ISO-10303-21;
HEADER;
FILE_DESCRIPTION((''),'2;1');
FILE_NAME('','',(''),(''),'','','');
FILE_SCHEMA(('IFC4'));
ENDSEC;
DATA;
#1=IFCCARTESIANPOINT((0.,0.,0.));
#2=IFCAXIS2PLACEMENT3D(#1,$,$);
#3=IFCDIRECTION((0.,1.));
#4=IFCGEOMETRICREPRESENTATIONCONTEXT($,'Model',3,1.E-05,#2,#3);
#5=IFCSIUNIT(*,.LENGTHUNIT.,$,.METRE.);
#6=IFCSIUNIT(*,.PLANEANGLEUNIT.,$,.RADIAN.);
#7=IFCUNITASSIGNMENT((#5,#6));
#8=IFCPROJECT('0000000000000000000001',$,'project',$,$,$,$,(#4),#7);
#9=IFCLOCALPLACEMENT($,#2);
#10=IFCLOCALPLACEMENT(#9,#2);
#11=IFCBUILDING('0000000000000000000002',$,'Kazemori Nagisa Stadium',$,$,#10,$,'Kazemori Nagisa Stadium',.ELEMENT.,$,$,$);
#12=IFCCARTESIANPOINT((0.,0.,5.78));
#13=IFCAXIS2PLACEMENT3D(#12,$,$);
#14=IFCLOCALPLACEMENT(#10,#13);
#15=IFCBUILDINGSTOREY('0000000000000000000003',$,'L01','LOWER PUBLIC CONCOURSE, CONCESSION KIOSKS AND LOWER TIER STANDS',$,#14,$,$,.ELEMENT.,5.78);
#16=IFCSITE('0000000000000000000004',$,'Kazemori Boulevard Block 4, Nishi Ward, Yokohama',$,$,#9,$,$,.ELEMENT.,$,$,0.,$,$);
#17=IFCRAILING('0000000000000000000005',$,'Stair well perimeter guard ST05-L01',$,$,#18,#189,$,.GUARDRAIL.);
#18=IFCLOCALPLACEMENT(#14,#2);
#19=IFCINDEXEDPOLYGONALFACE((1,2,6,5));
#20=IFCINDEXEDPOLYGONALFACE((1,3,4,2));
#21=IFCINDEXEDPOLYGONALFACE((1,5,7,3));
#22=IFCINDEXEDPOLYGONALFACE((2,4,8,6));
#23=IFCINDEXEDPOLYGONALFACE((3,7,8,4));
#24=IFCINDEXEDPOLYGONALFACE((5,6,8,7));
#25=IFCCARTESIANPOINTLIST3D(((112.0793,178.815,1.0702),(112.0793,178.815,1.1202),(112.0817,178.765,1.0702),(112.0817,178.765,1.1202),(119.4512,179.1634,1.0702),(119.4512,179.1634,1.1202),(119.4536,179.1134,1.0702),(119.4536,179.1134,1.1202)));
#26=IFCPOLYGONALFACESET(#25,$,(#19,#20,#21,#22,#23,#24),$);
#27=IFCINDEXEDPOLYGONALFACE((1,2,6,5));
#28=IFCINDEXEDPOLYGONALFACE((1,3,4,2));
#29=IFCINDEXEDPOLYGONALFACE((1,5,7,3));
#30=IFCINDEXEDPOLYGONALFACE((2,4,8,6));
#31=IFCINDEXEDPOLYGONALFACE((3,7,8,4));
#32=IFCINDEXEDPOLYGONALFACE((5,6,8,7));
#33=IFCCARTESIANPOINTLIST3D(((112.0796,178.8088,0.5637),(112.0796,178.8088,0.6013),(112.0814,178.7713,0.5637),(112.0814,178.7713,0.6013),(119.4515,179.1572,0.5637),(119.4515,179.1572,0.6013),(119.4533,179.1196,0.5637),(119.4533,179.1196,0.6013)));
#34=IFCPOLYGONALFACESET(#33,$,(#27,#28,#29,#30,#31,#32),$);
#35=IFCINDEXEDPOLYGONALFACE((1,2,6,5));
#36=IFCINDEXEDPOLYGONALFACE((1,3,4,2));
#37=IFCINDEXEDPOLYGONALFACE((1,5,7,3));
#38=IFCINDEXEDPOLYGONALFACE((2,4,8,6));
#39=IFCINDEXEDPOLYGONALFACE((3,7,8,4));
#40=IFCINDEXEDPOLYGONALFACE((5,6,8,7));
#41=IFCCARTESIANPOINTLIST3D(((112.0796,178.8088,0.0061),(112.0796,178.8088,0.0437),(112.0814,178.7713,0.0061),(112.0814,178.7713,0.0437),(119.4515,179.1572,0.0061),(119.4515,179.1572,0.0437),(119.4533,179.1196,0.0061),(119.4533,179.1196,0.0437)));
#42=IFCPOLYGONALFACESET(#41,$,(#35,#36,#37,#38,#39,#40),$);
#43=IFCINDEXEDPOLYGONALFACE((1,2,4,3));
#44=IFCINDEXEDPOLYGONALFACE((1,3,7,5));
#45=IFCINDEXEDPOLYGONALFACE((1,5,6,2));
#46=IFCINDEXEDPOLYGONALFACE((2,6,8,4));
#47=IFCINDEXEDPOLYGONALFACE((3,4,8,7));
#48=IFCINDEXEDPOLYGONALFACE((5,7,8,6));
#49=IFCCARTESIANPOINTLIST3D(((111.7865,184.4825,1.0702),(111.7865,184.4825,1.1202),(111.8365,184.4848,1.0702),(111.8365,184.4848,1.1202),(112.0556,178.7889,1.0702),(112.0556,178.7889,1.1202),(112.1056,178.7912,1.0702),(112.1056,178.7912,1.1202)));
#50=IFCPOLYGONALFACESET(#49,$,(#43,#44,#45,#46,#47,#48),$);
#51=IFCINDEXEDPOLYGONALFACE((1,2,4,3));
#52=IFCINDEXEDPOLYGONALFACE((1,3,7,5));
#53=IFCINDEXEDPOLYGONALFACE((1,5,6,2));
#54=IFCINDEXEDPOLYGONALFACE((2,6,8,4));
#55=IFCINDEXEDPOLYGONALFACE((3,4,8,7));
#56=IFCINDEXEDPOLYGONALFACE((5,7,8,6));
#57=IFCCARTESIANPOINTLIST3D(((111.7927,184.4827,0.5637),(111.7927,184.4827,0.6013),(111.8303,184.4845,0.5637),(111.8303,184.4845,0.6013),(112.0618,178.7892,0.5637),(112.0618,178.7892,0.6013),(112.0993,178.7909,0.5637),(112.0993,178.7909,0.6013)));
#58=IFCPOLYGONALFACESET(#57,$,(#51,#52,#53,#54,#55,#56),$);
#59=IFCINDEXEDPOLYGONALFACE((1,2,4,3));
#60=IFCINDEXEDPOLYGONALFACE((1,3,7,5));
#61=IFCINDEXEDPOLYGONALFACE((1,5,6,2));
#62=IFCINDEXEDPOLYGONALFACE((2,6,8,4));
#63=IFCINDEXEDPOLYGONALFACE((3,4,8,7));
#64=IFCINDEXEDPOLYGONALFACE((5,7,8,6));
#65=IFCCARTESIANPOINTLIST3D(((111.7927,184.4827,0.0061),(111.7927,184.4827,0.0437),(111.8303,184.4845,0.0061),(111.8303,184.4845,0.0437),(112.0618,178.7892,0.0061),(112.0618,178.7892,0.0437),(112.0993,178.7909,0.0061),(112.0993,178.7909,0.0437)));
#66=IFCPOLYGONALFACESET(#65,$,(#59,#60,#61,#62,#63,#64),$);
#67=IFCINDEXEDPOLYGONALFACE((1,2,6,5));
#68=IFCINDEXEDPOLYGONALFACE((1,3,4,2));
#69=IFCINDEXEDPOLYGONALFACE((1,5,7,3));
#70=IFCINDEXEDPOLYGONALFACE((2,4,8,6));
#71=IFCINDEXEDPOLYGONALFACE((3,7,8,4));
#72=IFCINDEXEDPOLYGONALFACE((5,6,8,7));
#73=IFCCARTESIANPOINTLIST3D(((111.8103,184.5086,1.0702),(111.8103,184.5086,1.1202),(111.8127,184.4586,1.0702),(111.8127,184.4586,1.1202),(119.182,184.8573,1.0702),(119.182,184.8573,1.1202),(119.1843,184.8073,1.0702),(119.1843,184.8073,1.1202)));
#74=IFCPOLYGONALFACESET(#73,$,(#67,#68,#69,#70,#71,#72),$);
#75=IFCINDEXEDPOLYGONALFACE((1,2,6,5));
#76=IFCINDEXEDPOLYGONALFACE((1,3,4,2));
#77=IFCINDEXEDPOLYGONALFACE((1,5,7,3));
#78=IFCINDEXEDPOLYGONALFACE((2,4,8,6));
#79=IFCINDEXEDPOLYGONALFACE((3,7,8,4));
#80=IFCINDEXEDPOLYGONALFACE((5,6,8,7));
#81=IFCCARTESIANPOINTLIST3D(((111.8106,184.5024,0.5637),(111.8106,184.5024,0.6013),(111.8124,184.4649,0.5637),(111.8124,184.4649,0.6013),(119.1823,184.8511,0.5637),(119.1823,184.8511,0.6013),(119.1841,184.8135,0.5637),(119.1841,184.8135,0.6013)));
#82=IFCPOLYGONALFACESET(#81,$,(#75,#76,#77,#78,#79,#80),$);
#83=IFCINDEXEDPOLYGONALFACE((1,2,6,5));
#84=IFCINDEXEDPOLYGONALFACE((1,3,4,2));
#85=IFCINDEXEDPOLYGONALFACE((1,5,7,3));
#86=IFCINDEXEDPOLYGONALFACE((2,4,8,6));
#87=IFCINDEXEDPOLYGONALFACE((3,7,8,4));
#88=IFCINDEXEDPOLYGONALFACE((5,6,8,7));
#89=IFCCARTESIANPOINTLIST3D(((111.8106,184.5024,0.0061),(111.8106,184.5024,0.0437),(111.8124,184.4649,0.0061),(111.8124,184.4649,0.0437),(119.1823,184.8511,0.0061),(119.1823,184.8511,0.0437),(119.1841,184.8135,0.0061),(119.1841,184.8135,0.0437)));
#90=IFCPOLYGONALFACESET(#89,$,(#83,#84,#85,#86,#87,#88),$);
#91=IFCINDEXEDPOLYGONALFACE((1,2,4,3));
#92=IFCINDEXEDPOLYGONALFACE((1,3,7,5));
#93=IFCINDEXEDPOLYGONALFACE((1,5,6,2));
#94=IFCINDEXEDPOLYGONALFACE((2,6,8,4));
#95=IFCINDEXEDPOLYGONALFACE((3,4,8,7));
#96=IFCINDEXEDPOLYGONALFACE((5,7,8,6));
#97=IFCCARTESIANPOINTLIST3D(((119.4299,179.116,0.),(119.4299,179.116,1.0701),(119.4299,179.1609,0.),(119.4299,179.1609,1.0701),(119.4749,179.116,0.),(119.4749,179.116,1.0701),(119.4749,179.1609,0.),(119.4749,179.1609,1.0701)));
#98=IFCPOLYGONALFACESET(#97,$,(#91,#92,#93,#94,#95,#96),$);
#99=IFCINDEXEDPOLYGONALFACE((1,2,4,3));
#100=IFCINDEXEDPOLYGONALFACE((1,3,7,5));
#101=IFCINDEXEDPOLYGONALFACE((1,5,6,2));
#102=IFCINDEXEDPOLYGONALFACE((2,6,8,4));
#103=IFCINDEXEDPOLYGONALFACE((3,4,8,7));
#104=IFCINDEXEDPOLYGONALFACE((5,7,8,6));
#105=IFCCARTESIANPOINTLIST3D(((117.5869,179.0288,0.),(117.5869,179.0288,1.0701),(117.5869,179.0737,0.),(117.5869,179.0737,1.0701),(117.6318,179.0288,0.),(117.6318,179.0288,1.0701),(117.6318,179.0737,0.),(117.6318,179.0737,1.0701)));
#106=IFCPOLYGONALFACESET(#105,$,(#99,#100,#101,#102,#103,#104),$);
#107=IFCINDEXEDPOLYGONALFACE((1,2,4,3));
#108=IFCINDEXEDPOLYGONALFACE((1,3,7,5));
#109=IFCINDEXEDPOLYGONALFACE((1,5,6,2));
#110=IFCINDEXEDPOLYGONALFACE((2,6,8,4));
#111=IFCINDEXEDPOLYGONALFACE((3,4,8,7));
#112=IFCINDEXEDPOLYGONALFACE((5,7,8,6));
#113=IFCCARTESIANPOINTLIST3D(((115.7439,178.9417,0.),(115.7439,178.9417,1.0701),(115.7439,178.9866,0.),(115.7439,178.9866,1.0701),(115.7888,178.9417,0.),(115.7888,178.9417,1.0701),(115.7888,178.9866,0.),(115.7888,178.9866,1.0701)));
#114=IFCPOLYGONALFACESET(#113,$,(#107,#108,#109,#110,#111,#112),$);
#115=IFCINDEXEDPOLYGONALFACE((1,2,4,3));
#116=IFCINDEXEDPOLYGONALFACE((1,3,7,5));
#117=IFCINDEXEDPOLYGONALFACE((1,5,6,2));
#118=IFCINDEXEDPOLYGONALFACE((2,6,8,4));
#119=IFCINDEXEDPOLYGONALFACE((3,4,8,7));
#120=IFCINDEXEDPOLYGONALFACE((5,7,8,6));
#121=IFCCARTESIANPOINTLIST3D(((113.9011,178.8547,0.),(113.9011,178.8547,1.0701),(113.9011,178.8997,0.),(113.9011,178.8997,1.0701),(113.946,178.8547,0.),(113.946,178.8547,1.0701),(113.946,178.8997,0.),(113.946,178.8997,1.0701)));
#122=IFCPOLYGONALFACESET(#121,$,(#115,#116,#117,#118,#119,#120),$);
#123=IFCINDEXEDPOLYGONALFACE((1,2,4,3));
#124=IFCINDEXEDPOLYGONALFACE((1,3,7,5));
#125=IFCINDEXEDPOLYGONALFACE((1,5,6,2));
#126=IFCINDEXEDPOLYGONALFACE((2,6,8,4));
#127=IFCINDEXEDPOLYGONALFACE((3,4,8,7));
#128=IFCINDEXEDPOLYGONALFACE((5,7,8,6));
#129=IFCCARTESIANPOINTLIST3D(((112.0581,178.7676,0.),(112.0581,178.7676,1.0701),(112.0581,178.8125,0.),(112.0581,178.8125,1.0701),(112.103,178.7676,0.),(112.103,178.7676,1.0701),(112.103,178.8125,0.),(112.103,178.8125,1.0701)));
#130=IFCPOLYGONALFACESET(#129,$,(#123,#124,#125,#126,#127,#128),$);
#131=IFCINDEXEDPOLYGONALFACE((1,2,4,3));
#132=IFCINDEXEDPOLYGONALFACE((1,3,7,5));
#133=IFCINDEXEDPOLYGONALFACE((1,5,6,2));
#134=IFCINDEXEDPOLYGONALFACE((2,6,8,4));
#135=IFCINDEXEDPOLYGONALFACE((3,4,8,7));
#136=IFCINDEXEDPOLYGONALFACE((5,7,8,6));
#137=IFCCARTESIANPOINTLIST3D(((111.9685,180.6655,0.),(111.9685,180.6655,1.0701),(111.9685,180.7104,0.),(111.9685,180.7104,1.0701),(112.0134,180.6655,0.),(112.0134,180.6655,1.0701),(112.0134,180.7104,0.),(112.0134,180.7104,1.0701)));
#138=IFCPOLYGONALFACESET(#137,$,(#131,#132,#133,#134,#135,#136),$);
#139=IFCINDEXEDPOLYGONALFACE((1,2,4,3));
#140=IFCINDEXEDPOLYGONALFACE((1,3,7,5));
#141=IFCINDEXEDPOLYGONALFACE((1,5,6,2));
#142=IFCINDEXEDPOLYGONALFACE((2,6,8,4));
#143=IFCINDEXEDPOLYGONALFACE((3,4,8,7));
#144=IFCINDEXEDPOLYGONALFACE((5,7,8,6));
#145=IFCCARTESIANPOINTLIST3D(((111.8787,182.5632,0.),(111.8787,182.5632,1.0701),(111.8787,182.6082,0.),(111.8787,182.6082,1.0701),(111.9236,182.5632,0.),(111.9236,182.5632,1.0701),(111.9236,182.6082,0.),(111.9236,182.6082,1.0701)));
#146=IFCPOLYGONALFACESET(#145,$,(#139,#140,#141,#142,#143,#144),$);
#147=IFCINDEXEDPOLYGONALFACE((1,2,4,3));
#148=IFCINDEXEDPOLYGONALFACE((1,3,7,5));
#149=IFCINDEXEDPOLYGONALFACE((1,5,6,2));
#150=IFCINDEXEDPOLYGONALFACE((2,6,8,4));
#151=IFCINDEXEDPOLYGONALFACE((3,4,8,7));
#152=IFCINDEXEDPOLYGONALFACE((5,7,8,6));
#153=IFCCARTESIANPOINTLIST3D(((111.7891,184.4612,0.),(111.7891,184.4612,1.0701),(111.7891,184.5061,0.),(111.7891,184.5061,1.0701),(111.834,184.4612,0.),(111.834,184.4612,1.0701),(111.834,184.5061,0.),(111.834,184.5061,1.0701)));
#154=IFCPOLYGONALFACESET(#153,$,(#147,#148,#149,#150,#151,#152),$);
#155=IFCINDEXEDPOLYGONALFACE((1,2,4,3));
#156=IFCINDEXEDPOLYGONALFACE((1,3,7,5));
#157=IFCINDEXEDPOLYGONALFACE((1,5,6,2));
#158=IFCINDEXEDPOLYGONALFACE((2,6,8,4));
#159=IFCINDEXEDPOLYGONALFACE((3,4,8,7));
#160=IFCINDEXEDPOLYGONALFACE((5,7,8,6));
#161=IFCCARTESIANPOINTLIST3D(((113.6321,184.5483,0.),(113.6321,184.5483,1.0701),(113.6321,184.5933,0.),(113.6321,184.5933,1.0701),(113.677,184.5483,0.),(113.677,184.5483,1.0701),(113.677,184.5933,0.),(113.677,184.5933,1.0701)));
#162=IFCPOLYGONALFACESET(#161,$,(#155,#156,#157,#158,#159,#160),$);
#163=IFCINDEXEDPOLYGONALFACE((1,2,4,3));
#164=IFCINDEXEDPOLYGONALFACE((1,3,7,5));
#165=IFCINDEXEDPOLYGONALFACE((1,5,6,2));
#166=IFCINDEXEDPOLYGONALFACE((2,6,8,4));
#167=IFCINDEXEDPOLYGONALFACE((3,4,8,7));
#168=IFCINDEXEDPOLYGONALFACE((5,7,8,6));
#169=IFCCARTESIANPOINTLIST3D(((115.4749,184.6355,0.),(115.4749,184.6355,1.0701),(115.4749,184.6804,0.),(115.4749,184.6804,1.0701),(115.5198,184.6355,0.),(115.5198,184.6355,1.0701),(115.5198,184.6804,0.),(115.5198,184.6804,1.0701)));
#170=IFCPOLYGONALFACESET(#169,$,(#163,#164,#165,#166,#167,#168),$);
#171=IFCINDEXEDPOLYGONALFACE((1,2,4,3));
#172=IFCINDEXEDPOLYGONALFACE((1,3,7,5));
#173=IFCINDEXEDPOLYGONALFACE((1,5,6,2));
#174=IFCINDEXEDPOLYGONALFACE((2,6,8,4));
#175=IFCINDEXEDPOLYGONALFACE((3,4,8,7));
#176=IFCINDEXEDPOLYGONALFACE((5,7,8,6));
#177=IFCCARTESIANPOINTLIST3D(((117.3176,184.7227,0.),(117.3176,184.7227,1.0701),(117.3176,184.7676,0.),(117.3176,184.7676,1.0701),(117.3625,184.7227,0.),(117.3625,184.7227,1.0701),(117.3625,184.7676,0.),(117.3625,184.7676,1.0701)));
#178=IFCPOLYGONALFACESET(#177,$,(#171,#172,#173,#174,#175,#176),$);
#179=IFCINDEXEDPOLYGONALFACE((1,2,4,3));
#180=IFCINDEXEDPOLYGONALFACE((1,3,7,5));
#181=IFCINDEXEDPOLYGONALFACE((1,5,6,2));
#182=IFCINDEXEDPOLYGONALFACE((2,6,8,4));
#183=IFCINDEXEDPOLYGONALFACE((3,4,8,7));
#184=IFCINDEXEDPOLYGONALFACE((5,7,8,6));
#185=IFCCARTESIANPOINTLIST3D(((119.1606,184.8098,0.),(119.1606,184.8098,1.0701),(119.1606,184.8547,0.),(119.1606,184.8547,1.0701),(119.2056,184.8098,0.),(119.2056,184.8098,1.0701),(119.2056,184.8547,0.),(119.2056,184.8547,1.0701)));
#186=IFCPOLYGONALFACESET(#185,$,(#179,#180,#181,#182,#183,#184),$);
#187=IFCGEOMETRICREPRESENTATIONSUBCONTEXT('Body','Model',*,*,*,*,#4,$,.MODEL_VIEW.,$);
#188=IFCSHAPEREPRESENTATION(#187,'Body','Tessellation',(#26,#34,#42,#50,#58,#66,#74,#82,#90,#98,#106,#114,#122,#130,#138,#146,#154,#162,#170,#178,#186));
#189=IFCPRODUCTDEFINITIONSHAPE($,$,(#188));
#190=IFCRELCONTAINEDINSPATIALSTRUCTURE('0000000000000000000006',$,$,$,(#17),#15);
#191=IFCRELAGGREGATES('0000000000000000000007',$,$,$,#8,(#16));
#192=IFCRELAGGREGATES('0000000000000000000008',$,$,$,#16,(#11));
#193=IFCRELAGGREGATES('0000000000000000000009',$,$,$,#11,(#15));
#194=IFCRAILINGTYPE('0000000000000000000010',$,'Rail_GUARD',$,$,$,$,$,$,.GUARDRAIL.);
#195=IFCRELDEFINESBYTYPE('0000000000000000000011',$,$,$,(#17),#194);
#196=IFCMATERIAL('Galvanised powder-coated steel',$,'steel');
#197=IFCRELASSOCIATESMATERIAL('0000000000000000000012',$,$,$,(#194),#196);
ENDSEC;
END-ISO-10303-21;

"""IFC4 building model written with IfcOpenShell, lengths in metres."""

from ifc_helpers import new_model, si_unit, direction, frame, origin, origin_2d, place, context, subcontext, project, spatial, rectangle, extrude, material, type_object, element, save


model = new_model("IFC4")

# Units and contexts
model_context = context("Model", 3, precision=1e-05, world=origin(), true_north=direction((0.0, 1.0)))
body_context = subcontext(model_context, "Body", "Model", "MODEL_VIEW")
ifc_project = project(units=[si_unit("LENGTHUNIT", "METRE"), si_unit("PLANEANGLEUNIT", "RADIAN")], contexts=[model_context])

# Site, building, storey
site_placement = place(None, origin())
site = spatial("IfcSite", under=ifc_project, at=site_placement, Name="Kazemori Boulevard Block 4, Nishi Ward, Yokohama", CompositionType="ELEMENT", RefElevation=0.0)
building_placement = place(site_placement, origin())
building = spatial("IfcBuilding", under=site, at=building_placement, Name="Kazemori Nagisa Stadium", LongName="Kazemori Nagisa Stadium", CompositionType="ELEMENT")
storey_placement = place(building_placement, frame((0.0, 0.0, 5.78)))
storey = spatial("IfcBuildingStorey", under=building, at=storey_placement, Name="L01", Description="LOWER PUBLIC CONCOURSE, CONCESSION KIOSKS AND LOWER TIER STANDS", CompositionType="ELEMENT", Elevation=5.78)

# Railing
ifc_material_1 = material(Name="Galvanised powder-coated steel", Category="steel")
railing_type_1 = type_object("IfcRailingType", Name="Rail_GUARD", PredefinedType="GUARDRAIL", material=ifc_material_1)
railing_1_placement = place(storey_placement, frame((119.4524, 179.1384, 0.0)))
element("IfcRailing", 1, at=railing_1_placement, inside=storey, type_object=railing_type_1, Name="Stair well perimeter guard ST05-L01", PredefinedType="GUARDRAIL", context=body_context, shape_type="SweptSolid", body=[
    extrude(rectangle(XDim=0.05, YDim=0.05, at=origin_2d()), frame((0.0, 0.0, 1.0952), z_axis=(-0.998885, -0.047207, 0.0), x_axis=(0.047207, -0.998885, 0.0)), (0.0, 0.0, 1.0), 7.3801),
    extrude(rectangle(XDim=0.0376, YDim=0.0376, at=origin_2d()), frame((0.0, 0.0, 0.5825), z_axis=(-0.998885, -0.047207, 0.0), x_axis=(0.047207, -0.998885, 0.0)), (0.0, 0.0, 1.0), 7.3801),
    extrude(rectangle(XDim=0.0376, YDim=0.0376, at=origin_2d()), frame((0.0, 0.0, 0.0249), z_axis=(-0.998885, -0.047207, 0.0), x_axis=(0.047207, -0.998885, 0.0)), (0.0, 0.0, 1.0), 7.3801),
    extrude(rectangle(XDim=0.05, YDim=0.05, at=origin_2d()), frame((-7.3718, -0.3484, 1.0952), z_axis=(-0.047201, 0.998885, 0.0), x_axis=(-0.998885, -0.047201, 0.0)), (0.0, 0.0, 1.0), 5.7),
    extrude(rectangle(XDim=0.0376, YDim=0.0376, at=origin_2d()), frame((-7.3718, -0.3484, 0.5825), z_axis=(-0.047201, 0.998885, 0.0), x_axis=(-0.998885, -0.047201, 0.0)), (0.0, 0.0, 1.0), 5.7),
    extrude(rectangle(XDim=0.0376, YDim=0.0376, at=origin_2d()), frame((-7.3718, -0.3484, 0.0249), z_axis=(-0.047201, 0.998885, 0.0), x_axis=(-0.998885, -0.047201, 0.0)), (0.0, 0.0, 1.0), 5.7),
    extrude(rectangle(XDim=0.05, YDim=0.05, at=origin_2d()), frame((-7.6409, 5.3452, 1.0952), z_axis=(0.998884, 0.047241, 0.0), x_axis=(-0.047241, 0.998884, 0.0)), (0.0, 0.0, 1.0), 7.3799),
    extrude(rectangle(XDim=0.0376, YDim=0.0376, at=origin_2d()), frame((-7.6409, 5.3452, 0.5825), z_axis=(0.998884, 0.047241, 0.0), x_axis=(-0.047241, 0.998884, 0.0)), (0.0, 0.0, 1.0), 7.3799),
    extrude(rectangle(XDim=0.0376, YDim=0.0376, at=origin_2d()), frame((-7.6409, 5.3452, 0.0249), z_axis=(0.998884, 0.047241, 0.0), x_axis=(-0.047241, 0.998884, 0.0)), (0.0, 0.0, 1.0), 7.3799),
    extrude(rectangle(XDim=0.0449, YDim=0.0449, at=origin_2d()), origin(), (0.0, 0.0, 1.0), 1.0701),
    extrude(rectangle(XDim=0.0449, YDim=0.0449, at=origin_2d()), frame((-1.843, -0.0872, 0.0)), (0.0, 0.0, 1.0), 1.0701),
    extrude(rectangle(XDim=0.0449, YDim=0.0449, at=origin_2d()), frame((-3.686, -0.1743, 0.0)), (0.0, 0.0, 1.0), 1.0701),
    extrude(rectangle(XDim=0.0449, YDim=0.0449, at=origin_2d()), frame((-5.5288, -0.2612, 0.0)), (0.0, 0.0, 1.0), 1.0701),
    extrude(rectangle(XDim=0.0449, YDim=0.0449, at=origin_2d()), frame((-7.3718, -0.3484, 0.0)), (0.0, 0.0, 1.0), 1.0701),
    extrude(rectangle(XDim=0.0449, YDim=0.0449, at=origin_2d()), frame((-7.4614, 1.5496, 0.0)), (0.0, 0.0, 1.0), 1.0701),
    extrude(rectangle(XDim=0.0449, YDim=0.0449, at=origin_2d()), frame((-7.5513, 3.4473, 0.0)), (0.0, 0.0, 1.0), 1.0701),
    extrude(rectangle(XDim=0.0449, YDim=0.0449, at=origin_2d()), frame((-7.6409, 5.3452, 0.0)), (0.0, 0.0, 1.0), 1.0701),
    extrude(rectangle(XDim=0.0449, YDim=0.0449, at=origin_2d()), frame((-5.7979, 5.4324, 0.0)), (0.0, 0.0, 1.0), 1.0701),
    extrude(rectangle(XDim=0.0449, YDim=0.0449, at=origin_2d()), frame((-3.9551, 5.5195, 0.0)), (0.0, 0.0, 1.0), 1.0701),
    extrude(rectangle(XDim=0.0449, YDim=0.0449, at=origin_2d()), frame((-2.1123, 5.6067, 0.0)), (0.0, 0.0, 1.0), 1.0701),
    extrude(rectangle(XDim=0.0449, YDim=0.0449, at=origin_2d()), frame((-0.2693, 5.6938, 0.0)), (0.0, 0.0, 1.0), 1.0701),
])

save(model, "model.ifc")
